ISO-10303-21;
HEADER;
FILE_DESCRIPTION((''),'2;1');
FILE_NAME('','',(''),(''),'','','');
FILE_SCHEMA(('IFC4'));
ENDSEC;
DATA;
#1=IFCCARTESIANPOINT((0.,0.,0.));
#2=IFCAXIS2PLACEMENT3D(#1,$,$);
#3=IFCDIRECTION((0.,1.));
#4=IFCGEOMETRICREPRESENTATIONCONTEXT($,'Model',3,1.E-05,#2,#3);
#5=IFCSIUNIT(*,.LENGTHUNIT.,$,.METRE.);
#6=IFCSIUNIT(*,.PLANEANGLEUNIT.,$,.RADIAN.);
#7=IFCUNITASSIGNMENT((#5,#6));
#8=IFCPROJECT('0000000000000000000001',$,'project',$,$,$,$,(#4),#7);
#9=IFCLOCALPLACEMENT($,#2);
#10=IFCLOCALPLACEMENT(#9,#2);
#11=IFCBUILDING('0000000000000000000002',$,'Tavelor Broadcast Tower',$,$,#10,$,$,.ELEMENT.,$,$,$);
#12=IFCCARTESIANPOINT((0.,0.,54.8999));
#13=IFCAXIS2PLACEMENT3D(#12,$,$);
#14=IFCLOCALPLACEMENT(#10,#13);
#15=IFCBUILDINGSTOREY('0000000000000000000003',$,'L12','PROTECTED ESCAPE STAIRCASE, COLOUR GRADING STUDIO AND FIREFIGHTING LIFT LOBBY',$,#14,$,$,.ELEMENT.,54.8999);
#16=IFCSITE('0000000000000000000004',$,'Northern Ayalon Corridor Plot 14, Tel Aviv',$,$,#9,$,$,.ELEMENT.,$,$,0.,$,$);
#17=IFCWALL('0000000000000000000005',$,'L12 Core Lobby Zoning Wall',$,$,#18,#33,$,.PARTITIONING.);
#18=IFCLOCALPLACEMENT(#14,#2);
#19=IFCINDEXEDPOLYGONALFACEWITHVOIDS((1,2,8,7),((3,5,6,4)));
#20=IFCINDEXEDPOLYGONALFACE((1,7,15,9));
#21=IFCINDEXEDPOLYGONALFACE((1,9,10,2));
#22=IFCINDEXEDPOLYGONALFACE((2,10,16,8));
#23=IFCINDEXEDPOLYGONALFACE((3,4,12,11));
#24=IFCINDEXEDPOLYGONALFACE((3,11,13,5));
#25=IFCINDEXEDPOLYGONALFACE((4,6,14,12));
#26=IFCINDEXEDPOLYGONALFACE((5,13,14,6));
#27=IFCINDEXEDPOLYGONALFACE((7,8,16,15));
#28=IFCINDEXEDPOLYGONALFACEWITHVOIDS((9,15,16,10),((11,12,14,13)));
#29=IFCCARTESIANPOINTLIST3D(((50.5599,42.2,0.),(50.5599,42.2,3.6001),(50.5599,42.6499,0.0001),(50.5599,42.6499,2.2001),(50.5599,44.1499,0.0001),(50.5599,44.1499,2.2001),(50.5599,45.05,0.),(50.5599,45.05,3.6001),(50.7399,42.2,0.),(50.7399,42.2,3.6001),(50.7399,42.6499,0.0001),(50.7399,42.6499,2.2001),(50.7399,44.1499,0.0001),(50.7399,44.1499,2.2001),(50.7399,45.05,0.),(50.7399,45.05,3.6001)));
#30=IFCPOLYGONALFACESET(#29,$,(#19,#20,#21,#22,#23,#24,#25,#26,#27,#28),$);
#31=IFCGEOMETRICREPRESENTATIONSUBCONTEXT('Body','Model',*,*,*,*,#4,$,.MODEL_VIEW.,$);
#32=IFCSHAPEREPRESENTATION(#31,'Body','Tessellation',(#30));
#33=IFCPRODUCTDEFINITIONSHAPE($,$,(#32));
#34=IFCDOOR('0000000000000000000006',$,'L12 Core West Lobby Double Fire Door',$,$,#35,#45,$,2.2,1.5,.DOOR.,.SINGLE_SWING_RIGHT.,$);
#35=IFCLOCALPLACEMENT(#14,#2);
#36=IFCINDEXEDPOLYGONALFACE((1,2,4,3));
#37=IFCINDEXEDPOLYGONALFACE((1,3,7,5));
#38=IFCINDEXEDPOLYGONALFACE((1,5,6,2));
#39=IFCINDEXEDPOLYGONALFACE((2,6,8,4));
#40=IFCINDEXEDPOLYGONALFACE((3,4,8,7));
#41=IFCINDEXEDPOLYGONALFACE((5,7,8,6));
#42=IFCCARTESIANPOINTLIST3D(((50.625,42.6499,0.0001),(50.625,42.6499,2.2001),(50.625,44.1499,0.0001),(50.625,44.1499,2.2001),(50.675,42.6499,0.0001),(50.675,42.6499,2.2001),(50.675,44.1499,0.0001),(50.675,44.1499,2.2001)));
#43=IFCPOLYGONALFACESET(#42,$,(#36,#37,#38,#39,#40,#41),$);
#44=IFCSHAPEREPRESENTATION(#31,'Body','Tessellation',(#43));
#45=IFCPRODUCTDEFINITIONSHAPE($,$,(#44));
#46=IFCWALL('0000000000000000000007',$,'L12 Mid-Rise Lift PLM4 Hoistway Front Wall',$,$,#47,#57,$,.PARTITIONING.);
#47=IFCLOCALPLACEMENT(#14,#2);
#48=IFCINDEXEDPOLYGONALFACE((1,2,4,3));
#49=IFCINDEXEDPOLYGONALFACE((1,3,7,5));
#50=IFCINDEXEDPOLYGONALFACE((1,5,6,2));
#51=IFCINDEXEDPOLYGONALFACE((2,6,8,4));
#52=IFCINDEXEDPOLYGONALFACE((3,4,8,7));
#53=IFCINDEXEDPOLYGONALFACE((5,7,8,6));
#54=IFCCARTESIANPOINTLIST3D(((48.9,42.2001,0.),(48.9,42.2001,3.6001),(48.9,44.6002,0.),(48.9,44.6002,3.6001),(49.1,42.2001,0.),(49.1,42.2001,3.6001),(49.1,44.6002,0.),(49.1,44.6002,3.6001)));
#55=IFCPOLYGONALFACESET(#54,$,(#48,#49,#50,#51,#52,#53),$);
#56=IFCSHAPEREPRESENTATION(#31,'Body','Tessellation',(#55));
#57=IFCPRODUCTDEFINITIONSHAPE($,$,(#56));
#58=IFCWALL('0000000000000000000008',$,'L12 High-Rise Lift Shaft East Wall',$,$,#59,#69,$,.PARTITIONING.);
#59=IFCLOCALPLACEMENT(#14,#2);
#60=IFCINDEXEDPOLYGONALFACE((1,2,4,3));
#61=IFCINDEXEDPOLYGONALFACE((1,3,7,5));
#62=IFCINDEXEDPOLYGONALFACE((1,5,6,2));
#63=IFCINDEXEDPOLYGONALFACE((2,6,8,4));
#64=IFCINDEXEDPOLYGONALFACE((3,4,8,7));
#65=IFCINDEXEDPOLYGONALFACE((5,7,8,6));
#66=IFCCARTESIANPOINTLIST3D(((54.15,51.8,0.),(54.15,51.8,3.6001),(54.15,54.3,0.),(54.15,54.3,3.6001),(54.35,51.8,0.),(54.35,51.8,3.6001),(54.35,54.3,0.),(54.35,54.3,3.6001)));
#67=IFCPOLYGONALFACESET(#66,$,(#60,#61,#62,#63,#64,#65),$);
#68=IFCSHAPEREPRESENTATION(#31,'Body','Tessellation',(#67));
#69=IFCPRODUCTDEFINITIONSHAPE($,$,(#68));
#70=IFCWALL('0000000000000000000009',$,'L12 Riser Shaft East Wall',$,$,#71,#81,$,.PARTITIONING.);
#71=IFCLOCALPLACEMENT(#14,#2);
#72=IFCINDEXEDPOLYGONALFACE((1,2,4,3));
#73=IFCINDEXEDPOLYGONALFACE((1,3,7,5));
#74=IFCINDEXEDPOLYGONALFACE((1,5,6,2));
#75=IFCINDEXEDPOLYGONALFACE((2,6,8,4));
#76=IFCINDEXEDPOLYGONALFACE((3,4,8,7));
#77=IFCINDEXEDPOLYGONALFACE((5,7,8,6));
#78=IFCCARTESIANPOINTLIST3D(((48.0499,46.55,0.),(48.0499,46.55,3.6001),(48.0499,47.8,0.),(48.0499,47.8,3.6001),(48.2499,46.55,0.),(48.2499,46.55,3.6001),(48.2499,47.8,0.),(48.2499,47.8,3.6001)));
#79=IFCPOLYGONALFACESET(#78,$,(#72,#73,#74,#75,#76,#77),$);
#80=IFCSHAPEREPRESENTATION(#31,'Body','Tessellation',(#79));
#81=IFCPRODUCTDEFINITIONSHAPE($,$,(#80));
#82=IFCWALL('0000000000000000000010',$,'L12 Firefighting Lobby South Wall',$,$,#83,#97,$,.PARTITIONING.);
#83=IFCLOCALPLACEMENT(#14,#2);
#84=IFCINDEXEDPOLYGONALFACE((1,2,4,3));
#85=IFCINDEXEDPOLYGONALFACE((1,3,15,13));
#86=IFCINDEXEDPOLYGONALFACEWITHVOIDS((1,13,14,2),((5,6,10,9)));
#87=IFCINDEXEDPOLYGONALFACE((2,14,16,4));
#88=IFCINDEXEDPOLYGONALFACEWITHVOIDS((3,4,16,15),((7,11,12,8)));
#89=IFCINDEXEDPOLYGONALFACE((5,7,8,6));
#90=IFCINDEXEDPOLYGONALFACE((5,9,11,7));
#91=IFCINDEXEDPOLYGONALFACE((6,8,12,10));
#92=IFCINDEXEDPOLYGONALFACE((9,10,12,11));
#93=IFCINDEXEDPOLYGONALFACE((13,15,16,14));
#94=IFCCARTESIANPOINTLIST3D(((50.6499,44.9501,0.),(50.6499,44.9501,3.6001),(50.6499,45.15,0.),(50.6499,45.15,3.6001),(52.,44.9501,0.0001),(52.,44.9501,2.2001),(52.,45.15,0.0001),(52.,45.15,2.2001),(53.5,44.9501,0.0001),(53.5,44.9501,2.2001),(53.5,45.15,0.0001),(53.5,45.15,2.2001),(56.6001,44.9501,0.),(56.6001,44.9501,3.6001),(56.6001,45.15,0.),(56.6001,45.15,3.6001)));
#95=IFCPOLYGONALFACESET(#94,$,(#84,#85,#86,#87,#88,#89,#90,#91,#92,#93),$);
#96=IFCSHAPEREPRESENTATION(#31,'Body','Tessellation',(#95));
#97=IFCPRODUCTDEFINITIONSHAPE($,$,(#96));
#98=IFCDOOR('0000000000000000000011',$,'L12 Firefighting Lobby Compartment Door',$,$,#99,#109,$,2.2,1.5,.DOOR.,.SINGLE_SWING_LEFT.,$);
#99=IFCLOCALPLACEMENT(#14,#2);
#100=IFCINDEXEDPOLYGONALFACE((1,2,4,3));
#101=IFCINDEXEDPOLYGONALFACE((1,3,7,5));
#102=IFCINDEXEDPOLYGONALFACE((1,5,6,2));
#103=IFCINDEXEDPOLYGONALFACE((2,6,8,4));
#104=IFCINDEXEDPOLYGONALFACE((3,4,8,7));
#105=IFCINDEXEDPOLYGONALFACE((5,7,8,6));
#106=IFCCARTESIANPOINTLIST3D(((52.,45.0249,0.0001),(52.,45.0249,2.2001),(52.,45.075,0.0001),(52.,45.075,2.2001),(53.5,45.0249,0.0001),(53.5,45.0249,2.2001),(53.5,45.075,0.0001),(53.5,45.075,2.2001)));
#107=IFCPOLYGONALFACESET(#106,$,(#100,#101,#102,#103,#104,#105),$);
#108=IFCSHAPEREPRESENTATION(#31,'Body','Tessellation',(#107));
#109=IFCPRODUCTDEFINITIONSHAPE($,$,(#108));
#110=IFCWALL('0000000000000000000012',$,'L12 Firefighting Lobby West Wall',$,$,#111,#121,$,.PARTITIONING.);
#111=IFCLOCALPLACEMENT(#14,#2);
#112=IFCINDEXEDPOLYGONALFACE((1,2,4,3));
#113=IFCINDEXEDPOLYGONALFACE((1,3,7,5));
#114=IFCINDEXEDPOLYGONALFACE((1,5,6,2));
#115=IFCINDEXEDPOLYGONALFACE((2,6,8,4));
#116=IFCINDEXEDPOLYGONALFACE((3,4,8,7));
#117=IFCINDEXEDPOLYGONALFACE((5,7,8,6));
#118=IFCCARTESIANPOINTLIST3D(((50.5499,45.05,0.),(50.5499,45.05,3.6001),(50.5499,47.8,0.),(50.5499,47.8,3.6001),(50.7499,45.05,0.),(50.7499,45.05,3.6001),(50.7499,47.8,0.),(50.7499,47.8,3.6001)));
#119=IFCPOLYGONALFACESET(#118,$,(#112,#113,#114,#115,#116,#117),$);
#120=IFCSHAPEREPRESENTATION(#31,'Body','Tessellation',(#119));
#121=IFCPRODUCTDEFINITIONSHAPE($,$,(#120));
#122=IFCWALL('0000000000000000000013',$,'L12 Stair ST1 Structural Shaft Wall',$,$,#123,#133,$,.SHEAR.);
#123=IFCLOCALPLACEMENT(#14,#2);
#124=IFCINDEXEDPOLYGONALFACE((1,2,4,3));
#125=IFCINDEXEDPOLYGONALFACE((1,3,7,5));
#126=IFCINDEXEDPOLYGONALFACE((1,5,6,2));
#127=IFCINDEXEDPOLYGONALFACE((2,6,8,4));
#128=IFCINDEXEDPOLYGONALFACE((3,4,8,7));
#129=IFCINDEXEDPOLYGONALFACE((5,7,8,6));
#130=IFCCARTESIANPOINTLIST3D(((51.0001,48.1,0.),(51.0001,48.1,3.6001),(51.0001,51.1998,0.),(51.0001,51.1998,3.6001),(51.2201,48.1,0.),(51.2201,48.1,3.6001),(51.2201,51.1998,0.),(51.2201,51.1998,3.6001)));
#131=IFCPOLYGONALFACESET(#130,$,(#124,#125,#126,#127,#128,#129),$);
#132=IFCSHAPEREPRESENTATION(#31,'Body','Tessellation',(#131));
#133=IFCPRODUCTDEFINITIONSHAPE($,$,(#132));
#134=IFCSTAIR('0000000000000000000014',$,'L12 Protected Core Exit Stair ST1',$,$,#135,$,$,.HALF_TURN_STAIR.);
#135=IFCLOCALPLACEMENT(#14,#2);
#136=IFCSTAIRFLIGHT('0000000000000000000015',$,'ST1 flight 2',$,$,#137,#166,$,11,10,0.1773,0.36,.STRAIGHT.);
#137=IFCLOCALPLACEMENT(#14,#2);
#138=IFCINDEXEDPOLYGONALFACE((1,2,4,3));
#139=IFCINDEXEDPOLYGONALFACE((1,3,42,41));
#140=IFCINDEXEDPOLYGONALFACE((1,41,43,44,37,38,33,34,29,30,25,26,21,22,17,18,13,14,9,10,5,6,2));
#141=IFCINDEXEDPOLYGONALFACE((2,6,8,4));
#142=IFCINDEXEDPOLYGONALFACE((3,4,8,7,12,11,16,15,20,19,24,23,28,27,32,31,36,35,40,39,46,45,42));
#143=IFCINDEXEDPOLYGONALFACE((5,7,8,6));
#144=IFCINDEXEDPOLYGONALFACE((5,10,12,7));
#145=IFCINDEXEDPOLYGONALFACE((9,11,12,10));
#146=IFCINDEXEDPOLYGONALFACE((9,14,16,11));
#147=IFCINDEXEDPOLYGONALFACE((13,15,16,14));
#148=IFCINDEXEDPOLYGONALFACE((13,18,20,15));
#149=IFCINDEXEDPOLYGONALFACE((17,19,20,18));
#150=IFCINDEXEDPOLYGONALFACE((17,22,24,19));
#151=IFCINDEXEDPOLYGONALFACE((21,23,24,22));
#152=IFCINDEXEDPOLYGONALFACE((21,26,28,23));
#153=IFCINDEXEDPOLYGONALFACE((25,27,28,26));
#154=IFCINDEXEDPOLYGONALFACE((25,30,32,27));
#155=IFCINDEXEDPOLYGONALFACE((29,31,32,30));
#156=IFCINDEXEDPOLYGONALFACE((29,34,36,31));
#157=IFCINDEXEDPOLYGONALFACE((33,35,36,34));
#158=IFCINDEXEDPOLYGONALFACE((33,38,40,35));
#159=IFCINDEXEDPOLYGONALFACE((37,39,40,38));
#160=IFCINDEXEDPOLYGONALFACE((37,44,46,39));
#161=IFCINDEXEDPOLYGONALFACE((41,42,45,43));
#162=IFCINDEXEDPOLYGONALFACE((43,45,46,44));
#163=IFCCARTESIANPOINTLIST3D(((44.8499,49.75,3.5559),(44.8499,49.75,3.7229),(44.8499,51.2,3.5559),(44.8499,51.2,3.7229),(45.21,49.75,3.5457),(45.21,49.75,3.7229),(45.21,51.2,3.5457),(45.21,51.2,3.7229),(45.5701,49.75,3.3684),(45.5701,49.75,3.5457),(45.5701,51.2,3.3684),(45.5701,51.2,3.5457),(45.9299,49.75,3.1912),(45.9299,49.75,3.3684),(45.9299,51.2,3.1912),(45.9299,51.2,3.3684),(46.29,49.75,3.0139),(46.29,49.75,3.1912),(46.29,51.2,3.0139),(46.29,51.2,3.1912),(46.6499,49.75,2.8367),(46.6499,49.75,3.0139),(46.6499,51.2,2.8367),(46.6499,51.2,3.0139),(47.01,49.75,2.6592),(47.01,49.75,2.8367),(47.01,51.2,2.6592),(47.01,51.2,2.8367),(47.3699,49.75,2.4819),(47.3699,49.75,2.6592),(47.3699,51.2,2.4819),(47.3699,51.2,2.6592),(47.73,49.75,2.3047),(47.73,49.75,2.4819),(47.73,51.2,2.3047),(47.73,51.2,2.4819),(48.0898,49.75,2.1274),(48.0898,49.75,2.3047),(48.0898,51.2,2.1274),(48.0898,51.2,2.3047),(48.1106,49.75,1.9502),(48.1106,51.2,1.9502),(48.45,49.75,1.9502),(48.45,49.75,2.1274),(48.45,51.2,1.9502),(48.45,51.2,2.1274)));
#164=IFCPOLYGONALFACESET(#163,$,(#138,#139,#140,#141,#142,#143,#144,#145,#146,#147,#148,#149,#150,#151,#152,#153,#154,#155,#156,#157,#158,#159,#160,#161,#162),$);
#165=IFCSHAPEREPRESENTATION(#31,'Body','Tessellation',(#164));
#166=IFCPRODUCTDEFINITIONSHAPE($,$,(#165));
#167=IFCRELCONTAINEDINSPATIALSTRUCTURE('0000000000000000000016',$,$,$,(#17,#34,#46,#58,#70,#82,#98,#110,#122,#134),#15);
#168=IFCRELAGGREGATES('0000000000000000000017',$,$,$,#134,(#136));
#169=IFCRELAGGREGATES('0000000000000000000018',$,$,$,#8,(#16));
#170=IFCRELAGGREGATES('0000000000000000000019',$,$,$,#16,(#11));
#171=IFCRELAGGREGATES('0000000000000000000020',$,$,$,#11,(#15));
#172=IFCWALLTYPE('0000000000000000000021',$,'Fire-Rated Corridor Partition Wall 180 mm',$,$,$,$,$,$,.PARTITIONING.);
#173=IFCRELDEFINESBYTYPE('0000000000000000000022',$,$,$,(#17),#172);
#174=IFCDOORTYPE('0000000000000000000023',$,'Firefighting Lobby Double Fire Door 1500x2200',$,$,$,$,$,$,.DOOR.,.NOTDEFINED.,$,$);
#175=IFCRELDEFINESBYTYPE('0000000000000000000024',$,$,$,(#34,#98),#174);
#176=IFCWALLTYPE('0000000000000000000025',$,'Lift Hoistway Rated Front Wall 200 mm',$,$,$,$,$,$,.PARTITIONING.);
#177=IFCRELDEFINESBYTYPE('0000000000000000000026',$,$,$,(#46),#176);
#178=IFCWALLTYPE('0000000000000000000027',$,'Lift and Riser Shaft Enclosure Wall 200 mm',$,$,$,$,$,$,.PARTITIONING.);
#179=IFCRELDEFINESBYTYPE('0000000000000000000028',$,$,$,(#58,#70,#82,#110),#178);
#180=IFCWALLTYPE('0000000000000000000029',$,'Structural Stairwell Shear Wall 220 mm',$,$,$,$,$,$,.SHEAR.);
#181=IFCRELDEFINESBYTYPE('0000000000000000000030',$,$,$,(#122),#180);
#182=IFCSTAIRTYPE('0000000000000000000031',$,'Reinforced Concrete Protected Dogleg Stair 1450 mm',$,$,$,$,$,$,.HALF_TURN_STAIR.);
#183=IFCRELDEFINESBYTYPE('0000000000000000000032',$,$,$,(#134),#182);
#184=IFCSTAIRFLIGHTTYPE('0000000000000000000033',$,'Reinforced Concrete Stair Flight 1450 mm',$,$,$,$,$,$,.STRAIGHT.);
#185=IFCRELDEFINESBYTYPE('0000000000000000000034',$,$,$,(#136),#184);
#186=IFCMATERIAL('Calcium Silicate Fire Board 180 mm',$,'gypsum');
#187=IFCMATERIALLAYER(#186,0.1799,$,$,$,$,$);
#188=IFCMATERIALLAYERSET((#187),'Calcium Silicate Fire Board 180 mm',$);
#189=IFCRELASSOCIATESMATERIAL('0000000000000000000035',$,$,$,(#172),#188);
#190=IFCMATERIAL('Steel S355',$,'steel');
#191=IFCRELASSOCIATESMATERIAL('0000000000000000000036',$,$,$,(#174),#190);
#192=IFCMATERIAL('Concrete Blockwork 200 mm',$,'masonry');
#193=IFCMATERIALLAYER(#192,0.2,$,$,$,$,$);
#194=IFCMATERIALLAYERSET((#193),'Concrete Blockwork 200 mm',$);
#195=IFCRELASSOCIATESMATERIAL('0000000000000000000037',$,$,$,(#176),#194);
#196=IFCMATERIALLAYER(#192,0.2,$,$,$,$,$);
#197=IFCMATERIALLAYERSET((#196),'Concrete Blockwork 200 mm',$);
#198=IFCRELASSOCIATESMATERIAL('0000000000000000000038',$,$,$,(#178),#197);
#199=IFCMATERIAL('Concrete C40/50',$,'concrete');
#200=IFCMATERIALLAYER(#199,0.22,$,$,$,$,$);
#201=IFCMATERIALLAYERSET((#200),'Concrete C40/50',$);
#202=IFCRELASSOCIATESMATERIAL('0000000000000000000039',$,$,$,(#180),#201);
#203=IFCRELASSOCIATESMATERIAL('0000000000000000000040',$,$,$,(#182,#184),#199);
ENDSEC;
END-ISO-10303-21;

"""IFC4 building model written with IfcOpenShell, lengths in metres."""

from ifc_helpers import new_model, si_unit, direction, frame, frame_2d, origin, place, context, subcontext, project, spatial, polyline, rectangle, outline, extrude, material, layer, layer_set, type_object, element, fill, aggregate, save


model = new_model("IFC4")

# Units and contexts
model_context = context("Model", 3, precision=1e-05, world=origin(), true_north=direction((0.0, 1.0)))
body_context = subcontext(model_context, "Body", "Model", "MODEL_VIEW")
ifc_project = project(units=[si_unit("LENGTHUNIT", "METRE"), si_unit("PLANEANGLEUNIT", "RADIAN")], contexts=[model_context])

# Site, building, storey
site_placement = place(None, origin())
site = spatial("IfcSite", under=ifc_project, at=site_placement, Name="Northern Ayalon Corridor Plot 14, Tel Aviv", CompositionType="ELEMENT", RefElevation=0.0)
building_placement = place(site_placement, origin())
building = spatial("IfcBuilding", under=site, at=building_placement, Name="Tavelor Broadcast Tower", CompositionType="ELEMENT")
storey_placement = place(building_placement, frame((0.0, 0.0, 54.8999)))
storey = spatial("IfcBuildingStorey", under=building, at=storey_placement, Name="L12", Description="PROTECTED ESCAPE STAIRCASE, COLOUR GRADING STUDIO AND FIREFIGHTING LIFT LOBBY", CompositionType="ELEMENT", Elevation=54.8999)

# Shared definitions
ifc_material_1 = material(Name="Concrete C40/50", Category="concrete")
ifc_material_2 = material(Name="Steel S355", Category="steel")

# Wall, opening, door
ifc_material_3 = material(Name="Calcium Silicate Fire Board 180 mm", Category="gypsum")
ifc_layer_1 = layer(ifc_material_3, 0.1799)
ifc_layer_set_1 = layer_set([ifc_layer_1], Name="Calcium Silicate Fire Board 180 mm")
wall_type_1 = type_object("IfcWallType", Name="Fire-Rated Corridor Partition Wall 180 mm", PredefinedType="PARTITIONING", material=ifc_layer_set_1)
wall_1_placement = place(storey_placement, frame((50.6499, 42.2, 0.0), z_axis=(0.0, 0.0, 1.0), x_axis=(0.0, 1.0, 0.0)))
wall_1 = element("IfcWall", 1, at=wall_1_placement, inside=storey, type_object=wall_type_1, Name="L12 Core Lobby Zoning Wall", PredefinedType="PARTITIONING", context=body_context, shape_type="SweptSolid", body=[
    extrude(rectangle(XDim=2.8501, YDim=0.1799, at=frame_2d((1.425, 0.0))), origin(), (0.0, 0.0, 1.0), 3.6001),
])
opening_1_placement = place(wall_1_placement, frame((0.45, 0.0, 0.0)))
opening_1 = element("IfcOpeningElement", 2, at=opening_1_placement, cuts=wall_1, PredefinedType="OPENING", context=body_context, shape_type="SweptSolid", body=[
    extrude(rectangle(XDim=1.5, YDim=2.2, at=frame_2d((0.75, 1.1001))), frame((0.0, 0.1001, 0.0), z_axis=(0.0, -1.0, 0.0), x_axis=(1.0, 0.0, 0.0)), (0.0, 0.0, 1.0), 0.2),
])
door_type = type_object("IfcDoorType", Name="Firefighting Lobby Double Fire Door 1500x2200", OperationType="NOTDEFINED", PredefinedType="DOOR", material=ifc_material_2)
door_1_placement = place(opening_1_placement, origin())
door_1 = element("IfcDoor", 3, at=door_1_placement, inside=storey, type_object=door_type, Name="L12 Core West Lobby Double Fire Door", OperationType="SINGLE_SWING_RIGHT", OverallHeight=2.2, OverallWidth=1.5, PredefinedType="DOOR", context=body_context, shape_type="SweptSolid", body=[
    extrude(rectangle(XDim=1.5, YDim=2.2, at=frame_2d((0.75, 1.1001))), frame((0.0, 0.0249, 0.0), z_axis=(0.0, -1.0, 0.0), x_axis=(1.0, 0.0, 0.0)), (0.0, 0.0, 1.0), 0.05),
])
fill(opening_1, door_1)

# Walls
ifc_material_4 = material(Name="Concrete Blockwork 200 mm", Category="masonry")
ifc_layer_2 = layer(ifc_material_4, 0.2)
ifc_layer_set_2 = layer_set([ifc_layer_2], Name="Concrete Blockwork 200 mm")
wall_type_2 = type_object("IfcWallType", Name="Lift Hoistway Rated Front Wall 200 mm", PredefinedType="PARTITIONING", material=ifc_layer_set_2)
wall_2_placement = place(storey_placement, frame((49.0, 42.2, 0.0), z_axis=(0.0, 0.0, 1.0), x_axis=(0.0, 1.0, 0.0)))
element("IfcWall", 4, at=wall_2_placement, inside=storey, type_object=wall_type_2, Name="L12 Mid-Rise Lift PLM4 Hoistway Front Wall", PredefinedType="PARTITIONING", context=body_context, shape_type="SweptSolid", body=[
    extrude(rectangle(XDim=2.4001, YDim=0.2, at=frame_2d((1.2002, 0.0))), origin(), (0.0, 0.0, 1.0), 3.6001),
])
ifc_layer_3 = layer(ifc_material_4, 0.2)
ifc_layer_set_3 = layer_set([ifc_layer_3], Name="Concrete Blockwork 200 mm")
wall_type_3 = type_object("IfcWallType", Name="Lift and Riser Shaft Enclosure Wall 200 mm", PredefinedType="PARTITIONING", material=ifc_layer_set_3)
wall_3_placement = place(storey_placement, frame((54.25, 51.8, 0.0), z_axis=(0.0, 0.0, 1.0), x_axis=(0.0, 1.0, 0.0)))
element("IfcWall", 5, at=wall_3_placement, inside=storey, type_object=wall_type_3, Name="L12 High-Rise Lift Shaft East Wall", PredefinedType="PARTITIONING", context=body_context, shape_type="SweptSolid", body=[
    extrude(rectangle(XDim=2.5, YDim=0.2, at=frame_2d((1.25, 0.0))), origin(), (0.0, 0.0, 1.0), 3.6001),
])
wall_4_placement = place(storey_placement, frame((48.1499, 46.55, 0.0), z_axis=(0.0, 0.0, 1.0), x_axis=(0.0, 1.0, 0.0)))
element("IfcWall", 6, at=wall_4_placement, inside=storey, type_object=wall_type_3, Name="L12 Riser Shaft East Wall", PredefinedType="PARTITIONING", context=body_context, shape_type="SweptSolid", body=[
    extrude(rectangle(XDim=1.25, YDim=0.2, at=frame_2d((0.625, 0.0))), origin(), (0.0, 0.0, 1.0), 3.6001),
])

# Wall, opening, door
wall_5_placement = place(storey_placement, frame((50.6499, 45.05, 0.0), z_axis=(0.0, 0.0, 1.0), x_axis=(1.0, 0.0, 0.0)))
wall_5 = element("IfcWall", 7, at=wall_5_placement, inside=storey, type_object=wall_type_3, Name="L12 Firefighting Lobby South Wall", PredefinedType="PARTITIONING", context=body_context, shape_type="SweptSolid", body=[
    extrude(rectangle(XDim=5.9502, YDim=0.2, at=frame_2d((2.9751, 0.0))), origin(), (0.0, 0.0, 1.0), 3.6001),
])
opening_2_placement = place(wall_5_placement, frame((1.3501, 0.0, 0.0)))
opening_2 = element("IfcOpeningElement", 8, at=opening_2_placement, cuts=wall_5, PredefinedType="OPENING", context=body_context, shape_type="SweptSolid", body=[
    extrude(rectangle(XDim=1.5, YDim=2.2, at=frame_2d((0.75, 1.1001))), frame((0.0, 0.1099, 0.0), z_axis=(0.0, -1.0, 0.0), x_axis=(1.0, 0.0, 0.0)), (0.0, 0.0, 1.0), 0.22),
])
door_2_placement = place(opening_2_placement, origin())
door_2 = element("IfcDoor", 9, at=door_2_placement, inside=storey, type_object=door_type, Name="L12 Firefighting Lobby Compartment Door", OperationType="SINGLE_SWING_LEFT", OverallHeight=2.2, OverallWidth=1.5, PredefinedType="DOOR", context=body_context, shape_type="SweptSolid", body=[
    extrude(rectangle(XDim=1.5, YDim=2.2, at=frame_2d((0.75, 1.1001))), frame((0.0, 0.0249, 0.0), z_axis=(0.0, -1.0, 0.0), x_axis=(1.0, 0.0, 0.0)), (0.0, 0.0, 1.0), 0.05),
])
fill(opening_2, door_2)

# Walls
wall_6_placement = place(storey_placement, frame((50.6499, 45.05, 0.0), z_axis=(0.0, 0.0, 1.0), x_axis=(0.0, 1.0, 0.0)))
element("IfcWall", 10, at=wall_6_placement, inside=storey, type_object=wall_type_3, Name="L12 Firefighting Lobby West Wall", PredefinedType="PARTITIONING", context=body_context, shape_type="SweptSolid", body=[
    extrude(rectangle(XDim=2.75, YDim=0.2, at=frame_2d((1.375, 0.0))), origin(), (0.0, 0.0, 1.0), 3.6001),
])
ifc_layer_4 = layer(ifc_material_1, 0.22)
ifc_layer_set_4 = layer_set([ifc_layer_4], Name="Concrete C40/50")
wall_type_4 = type_object("IfcWallType", Name="Structural Stairwell Shear Wall 220 mm", PredefinedType="SHEAR", material=ifc_layer_set_4)
wall_7_placement = place(storey_placement, frame((51.1101, 48.1001, 0.0), z_axis=(0.0, 0.0, 1.0), x_axis=(0.0, 1.0, 0.0)))
element("IfcWall", 11, at=wall_7_placement, inside=storey, type_object=wall_type_4, Name="L12 Stair ST1 Structural Shaft Wall", PredefinedType="SHEAR", context=body_context, shape_type="SweptSolid", body=[
    extrude(rectangle(XDim=3.0999, YDim=0.22, at=frame_2d((1.5498, 0.0))), origin(), (0.0, 0.0, 1.0), 3.6001),
])

# Stair, stair flight
stair_type = type_object("IfcStairType", Name="Reinforced Concrete Protected Dogleg Stair 1450 mm", PredefinedType="HALF_TURN_STAIR", material=ifc_material_1)
stair_1_placement = place(storey_placement, origin())
stair_1 = element("IfcStair", 12, at=stair_1_placement, inside=storey, type_object=stair_type, Name="L12 Protected Core Exit Stair ST1", PredefinedType="HALF_TURN_STAIR")
stair_flight_type = type_object("IfcStairFlightType", Name="Reinforced Concrete Stair Flight 1450 mm", PredefinedType="STRAIGHT", material=ifc_material_1)
stair_flight_1_placement = place(storey_placement, frame((48.45, 50.4751, 1.9502), z_axis=(0.0, 0.0, 1.0), x_axis=(-1.0, 0.0, 0.0)))
stair_flight_1 = element("IfcStairFlight", 13, at=stair_flight_1_placement, type_object=stair_flight_type, Name="ST1 flight 2", NumberOfRisers=11, NumberOfTreads=10, PredefinedType="STRAIGHT", RiserHeight=0.1773, TreadLength=0.36, context=body_context, shape_type="SweptSolid", body=[
    extrude(outline(polyline([(0.0, 0.0), (0.0, 0.1772), (0.3601, 0.1772), (0.3601, 0.3545), (0.72, 0.3545), (0.72, 0.5317), (1.0801, 0.5317), (1.0801, 0.709), (1.4399, 0.709), (1.4399, 0.8865), (1.8, 0.8865), (1.8, 1.0637), (2.1599, 1.0637), (2.1599, 1.241), (2.52, 1.241), (2.52, 1.4182), (2.8799, 1.4182), (2.8799, 1.5955), (3.24, 1.5955), (3.24, 1.7727), (3.6001, 1.7727), (3.6001, 1.95), (3.6001, 1.6057), (0.3394, 0.0), (0.0, 0.0)])), frame((0.0, 0.7251, 0.0), z_axis=(0.0, -1.0, 0.0), x_axis=(1.0, 0.0, 0.0)), (0.0, 0.0, 1.0), 1.45),
])
aggregate(stair_1, [stair_flight_1])

save(model, "model.ifc")
